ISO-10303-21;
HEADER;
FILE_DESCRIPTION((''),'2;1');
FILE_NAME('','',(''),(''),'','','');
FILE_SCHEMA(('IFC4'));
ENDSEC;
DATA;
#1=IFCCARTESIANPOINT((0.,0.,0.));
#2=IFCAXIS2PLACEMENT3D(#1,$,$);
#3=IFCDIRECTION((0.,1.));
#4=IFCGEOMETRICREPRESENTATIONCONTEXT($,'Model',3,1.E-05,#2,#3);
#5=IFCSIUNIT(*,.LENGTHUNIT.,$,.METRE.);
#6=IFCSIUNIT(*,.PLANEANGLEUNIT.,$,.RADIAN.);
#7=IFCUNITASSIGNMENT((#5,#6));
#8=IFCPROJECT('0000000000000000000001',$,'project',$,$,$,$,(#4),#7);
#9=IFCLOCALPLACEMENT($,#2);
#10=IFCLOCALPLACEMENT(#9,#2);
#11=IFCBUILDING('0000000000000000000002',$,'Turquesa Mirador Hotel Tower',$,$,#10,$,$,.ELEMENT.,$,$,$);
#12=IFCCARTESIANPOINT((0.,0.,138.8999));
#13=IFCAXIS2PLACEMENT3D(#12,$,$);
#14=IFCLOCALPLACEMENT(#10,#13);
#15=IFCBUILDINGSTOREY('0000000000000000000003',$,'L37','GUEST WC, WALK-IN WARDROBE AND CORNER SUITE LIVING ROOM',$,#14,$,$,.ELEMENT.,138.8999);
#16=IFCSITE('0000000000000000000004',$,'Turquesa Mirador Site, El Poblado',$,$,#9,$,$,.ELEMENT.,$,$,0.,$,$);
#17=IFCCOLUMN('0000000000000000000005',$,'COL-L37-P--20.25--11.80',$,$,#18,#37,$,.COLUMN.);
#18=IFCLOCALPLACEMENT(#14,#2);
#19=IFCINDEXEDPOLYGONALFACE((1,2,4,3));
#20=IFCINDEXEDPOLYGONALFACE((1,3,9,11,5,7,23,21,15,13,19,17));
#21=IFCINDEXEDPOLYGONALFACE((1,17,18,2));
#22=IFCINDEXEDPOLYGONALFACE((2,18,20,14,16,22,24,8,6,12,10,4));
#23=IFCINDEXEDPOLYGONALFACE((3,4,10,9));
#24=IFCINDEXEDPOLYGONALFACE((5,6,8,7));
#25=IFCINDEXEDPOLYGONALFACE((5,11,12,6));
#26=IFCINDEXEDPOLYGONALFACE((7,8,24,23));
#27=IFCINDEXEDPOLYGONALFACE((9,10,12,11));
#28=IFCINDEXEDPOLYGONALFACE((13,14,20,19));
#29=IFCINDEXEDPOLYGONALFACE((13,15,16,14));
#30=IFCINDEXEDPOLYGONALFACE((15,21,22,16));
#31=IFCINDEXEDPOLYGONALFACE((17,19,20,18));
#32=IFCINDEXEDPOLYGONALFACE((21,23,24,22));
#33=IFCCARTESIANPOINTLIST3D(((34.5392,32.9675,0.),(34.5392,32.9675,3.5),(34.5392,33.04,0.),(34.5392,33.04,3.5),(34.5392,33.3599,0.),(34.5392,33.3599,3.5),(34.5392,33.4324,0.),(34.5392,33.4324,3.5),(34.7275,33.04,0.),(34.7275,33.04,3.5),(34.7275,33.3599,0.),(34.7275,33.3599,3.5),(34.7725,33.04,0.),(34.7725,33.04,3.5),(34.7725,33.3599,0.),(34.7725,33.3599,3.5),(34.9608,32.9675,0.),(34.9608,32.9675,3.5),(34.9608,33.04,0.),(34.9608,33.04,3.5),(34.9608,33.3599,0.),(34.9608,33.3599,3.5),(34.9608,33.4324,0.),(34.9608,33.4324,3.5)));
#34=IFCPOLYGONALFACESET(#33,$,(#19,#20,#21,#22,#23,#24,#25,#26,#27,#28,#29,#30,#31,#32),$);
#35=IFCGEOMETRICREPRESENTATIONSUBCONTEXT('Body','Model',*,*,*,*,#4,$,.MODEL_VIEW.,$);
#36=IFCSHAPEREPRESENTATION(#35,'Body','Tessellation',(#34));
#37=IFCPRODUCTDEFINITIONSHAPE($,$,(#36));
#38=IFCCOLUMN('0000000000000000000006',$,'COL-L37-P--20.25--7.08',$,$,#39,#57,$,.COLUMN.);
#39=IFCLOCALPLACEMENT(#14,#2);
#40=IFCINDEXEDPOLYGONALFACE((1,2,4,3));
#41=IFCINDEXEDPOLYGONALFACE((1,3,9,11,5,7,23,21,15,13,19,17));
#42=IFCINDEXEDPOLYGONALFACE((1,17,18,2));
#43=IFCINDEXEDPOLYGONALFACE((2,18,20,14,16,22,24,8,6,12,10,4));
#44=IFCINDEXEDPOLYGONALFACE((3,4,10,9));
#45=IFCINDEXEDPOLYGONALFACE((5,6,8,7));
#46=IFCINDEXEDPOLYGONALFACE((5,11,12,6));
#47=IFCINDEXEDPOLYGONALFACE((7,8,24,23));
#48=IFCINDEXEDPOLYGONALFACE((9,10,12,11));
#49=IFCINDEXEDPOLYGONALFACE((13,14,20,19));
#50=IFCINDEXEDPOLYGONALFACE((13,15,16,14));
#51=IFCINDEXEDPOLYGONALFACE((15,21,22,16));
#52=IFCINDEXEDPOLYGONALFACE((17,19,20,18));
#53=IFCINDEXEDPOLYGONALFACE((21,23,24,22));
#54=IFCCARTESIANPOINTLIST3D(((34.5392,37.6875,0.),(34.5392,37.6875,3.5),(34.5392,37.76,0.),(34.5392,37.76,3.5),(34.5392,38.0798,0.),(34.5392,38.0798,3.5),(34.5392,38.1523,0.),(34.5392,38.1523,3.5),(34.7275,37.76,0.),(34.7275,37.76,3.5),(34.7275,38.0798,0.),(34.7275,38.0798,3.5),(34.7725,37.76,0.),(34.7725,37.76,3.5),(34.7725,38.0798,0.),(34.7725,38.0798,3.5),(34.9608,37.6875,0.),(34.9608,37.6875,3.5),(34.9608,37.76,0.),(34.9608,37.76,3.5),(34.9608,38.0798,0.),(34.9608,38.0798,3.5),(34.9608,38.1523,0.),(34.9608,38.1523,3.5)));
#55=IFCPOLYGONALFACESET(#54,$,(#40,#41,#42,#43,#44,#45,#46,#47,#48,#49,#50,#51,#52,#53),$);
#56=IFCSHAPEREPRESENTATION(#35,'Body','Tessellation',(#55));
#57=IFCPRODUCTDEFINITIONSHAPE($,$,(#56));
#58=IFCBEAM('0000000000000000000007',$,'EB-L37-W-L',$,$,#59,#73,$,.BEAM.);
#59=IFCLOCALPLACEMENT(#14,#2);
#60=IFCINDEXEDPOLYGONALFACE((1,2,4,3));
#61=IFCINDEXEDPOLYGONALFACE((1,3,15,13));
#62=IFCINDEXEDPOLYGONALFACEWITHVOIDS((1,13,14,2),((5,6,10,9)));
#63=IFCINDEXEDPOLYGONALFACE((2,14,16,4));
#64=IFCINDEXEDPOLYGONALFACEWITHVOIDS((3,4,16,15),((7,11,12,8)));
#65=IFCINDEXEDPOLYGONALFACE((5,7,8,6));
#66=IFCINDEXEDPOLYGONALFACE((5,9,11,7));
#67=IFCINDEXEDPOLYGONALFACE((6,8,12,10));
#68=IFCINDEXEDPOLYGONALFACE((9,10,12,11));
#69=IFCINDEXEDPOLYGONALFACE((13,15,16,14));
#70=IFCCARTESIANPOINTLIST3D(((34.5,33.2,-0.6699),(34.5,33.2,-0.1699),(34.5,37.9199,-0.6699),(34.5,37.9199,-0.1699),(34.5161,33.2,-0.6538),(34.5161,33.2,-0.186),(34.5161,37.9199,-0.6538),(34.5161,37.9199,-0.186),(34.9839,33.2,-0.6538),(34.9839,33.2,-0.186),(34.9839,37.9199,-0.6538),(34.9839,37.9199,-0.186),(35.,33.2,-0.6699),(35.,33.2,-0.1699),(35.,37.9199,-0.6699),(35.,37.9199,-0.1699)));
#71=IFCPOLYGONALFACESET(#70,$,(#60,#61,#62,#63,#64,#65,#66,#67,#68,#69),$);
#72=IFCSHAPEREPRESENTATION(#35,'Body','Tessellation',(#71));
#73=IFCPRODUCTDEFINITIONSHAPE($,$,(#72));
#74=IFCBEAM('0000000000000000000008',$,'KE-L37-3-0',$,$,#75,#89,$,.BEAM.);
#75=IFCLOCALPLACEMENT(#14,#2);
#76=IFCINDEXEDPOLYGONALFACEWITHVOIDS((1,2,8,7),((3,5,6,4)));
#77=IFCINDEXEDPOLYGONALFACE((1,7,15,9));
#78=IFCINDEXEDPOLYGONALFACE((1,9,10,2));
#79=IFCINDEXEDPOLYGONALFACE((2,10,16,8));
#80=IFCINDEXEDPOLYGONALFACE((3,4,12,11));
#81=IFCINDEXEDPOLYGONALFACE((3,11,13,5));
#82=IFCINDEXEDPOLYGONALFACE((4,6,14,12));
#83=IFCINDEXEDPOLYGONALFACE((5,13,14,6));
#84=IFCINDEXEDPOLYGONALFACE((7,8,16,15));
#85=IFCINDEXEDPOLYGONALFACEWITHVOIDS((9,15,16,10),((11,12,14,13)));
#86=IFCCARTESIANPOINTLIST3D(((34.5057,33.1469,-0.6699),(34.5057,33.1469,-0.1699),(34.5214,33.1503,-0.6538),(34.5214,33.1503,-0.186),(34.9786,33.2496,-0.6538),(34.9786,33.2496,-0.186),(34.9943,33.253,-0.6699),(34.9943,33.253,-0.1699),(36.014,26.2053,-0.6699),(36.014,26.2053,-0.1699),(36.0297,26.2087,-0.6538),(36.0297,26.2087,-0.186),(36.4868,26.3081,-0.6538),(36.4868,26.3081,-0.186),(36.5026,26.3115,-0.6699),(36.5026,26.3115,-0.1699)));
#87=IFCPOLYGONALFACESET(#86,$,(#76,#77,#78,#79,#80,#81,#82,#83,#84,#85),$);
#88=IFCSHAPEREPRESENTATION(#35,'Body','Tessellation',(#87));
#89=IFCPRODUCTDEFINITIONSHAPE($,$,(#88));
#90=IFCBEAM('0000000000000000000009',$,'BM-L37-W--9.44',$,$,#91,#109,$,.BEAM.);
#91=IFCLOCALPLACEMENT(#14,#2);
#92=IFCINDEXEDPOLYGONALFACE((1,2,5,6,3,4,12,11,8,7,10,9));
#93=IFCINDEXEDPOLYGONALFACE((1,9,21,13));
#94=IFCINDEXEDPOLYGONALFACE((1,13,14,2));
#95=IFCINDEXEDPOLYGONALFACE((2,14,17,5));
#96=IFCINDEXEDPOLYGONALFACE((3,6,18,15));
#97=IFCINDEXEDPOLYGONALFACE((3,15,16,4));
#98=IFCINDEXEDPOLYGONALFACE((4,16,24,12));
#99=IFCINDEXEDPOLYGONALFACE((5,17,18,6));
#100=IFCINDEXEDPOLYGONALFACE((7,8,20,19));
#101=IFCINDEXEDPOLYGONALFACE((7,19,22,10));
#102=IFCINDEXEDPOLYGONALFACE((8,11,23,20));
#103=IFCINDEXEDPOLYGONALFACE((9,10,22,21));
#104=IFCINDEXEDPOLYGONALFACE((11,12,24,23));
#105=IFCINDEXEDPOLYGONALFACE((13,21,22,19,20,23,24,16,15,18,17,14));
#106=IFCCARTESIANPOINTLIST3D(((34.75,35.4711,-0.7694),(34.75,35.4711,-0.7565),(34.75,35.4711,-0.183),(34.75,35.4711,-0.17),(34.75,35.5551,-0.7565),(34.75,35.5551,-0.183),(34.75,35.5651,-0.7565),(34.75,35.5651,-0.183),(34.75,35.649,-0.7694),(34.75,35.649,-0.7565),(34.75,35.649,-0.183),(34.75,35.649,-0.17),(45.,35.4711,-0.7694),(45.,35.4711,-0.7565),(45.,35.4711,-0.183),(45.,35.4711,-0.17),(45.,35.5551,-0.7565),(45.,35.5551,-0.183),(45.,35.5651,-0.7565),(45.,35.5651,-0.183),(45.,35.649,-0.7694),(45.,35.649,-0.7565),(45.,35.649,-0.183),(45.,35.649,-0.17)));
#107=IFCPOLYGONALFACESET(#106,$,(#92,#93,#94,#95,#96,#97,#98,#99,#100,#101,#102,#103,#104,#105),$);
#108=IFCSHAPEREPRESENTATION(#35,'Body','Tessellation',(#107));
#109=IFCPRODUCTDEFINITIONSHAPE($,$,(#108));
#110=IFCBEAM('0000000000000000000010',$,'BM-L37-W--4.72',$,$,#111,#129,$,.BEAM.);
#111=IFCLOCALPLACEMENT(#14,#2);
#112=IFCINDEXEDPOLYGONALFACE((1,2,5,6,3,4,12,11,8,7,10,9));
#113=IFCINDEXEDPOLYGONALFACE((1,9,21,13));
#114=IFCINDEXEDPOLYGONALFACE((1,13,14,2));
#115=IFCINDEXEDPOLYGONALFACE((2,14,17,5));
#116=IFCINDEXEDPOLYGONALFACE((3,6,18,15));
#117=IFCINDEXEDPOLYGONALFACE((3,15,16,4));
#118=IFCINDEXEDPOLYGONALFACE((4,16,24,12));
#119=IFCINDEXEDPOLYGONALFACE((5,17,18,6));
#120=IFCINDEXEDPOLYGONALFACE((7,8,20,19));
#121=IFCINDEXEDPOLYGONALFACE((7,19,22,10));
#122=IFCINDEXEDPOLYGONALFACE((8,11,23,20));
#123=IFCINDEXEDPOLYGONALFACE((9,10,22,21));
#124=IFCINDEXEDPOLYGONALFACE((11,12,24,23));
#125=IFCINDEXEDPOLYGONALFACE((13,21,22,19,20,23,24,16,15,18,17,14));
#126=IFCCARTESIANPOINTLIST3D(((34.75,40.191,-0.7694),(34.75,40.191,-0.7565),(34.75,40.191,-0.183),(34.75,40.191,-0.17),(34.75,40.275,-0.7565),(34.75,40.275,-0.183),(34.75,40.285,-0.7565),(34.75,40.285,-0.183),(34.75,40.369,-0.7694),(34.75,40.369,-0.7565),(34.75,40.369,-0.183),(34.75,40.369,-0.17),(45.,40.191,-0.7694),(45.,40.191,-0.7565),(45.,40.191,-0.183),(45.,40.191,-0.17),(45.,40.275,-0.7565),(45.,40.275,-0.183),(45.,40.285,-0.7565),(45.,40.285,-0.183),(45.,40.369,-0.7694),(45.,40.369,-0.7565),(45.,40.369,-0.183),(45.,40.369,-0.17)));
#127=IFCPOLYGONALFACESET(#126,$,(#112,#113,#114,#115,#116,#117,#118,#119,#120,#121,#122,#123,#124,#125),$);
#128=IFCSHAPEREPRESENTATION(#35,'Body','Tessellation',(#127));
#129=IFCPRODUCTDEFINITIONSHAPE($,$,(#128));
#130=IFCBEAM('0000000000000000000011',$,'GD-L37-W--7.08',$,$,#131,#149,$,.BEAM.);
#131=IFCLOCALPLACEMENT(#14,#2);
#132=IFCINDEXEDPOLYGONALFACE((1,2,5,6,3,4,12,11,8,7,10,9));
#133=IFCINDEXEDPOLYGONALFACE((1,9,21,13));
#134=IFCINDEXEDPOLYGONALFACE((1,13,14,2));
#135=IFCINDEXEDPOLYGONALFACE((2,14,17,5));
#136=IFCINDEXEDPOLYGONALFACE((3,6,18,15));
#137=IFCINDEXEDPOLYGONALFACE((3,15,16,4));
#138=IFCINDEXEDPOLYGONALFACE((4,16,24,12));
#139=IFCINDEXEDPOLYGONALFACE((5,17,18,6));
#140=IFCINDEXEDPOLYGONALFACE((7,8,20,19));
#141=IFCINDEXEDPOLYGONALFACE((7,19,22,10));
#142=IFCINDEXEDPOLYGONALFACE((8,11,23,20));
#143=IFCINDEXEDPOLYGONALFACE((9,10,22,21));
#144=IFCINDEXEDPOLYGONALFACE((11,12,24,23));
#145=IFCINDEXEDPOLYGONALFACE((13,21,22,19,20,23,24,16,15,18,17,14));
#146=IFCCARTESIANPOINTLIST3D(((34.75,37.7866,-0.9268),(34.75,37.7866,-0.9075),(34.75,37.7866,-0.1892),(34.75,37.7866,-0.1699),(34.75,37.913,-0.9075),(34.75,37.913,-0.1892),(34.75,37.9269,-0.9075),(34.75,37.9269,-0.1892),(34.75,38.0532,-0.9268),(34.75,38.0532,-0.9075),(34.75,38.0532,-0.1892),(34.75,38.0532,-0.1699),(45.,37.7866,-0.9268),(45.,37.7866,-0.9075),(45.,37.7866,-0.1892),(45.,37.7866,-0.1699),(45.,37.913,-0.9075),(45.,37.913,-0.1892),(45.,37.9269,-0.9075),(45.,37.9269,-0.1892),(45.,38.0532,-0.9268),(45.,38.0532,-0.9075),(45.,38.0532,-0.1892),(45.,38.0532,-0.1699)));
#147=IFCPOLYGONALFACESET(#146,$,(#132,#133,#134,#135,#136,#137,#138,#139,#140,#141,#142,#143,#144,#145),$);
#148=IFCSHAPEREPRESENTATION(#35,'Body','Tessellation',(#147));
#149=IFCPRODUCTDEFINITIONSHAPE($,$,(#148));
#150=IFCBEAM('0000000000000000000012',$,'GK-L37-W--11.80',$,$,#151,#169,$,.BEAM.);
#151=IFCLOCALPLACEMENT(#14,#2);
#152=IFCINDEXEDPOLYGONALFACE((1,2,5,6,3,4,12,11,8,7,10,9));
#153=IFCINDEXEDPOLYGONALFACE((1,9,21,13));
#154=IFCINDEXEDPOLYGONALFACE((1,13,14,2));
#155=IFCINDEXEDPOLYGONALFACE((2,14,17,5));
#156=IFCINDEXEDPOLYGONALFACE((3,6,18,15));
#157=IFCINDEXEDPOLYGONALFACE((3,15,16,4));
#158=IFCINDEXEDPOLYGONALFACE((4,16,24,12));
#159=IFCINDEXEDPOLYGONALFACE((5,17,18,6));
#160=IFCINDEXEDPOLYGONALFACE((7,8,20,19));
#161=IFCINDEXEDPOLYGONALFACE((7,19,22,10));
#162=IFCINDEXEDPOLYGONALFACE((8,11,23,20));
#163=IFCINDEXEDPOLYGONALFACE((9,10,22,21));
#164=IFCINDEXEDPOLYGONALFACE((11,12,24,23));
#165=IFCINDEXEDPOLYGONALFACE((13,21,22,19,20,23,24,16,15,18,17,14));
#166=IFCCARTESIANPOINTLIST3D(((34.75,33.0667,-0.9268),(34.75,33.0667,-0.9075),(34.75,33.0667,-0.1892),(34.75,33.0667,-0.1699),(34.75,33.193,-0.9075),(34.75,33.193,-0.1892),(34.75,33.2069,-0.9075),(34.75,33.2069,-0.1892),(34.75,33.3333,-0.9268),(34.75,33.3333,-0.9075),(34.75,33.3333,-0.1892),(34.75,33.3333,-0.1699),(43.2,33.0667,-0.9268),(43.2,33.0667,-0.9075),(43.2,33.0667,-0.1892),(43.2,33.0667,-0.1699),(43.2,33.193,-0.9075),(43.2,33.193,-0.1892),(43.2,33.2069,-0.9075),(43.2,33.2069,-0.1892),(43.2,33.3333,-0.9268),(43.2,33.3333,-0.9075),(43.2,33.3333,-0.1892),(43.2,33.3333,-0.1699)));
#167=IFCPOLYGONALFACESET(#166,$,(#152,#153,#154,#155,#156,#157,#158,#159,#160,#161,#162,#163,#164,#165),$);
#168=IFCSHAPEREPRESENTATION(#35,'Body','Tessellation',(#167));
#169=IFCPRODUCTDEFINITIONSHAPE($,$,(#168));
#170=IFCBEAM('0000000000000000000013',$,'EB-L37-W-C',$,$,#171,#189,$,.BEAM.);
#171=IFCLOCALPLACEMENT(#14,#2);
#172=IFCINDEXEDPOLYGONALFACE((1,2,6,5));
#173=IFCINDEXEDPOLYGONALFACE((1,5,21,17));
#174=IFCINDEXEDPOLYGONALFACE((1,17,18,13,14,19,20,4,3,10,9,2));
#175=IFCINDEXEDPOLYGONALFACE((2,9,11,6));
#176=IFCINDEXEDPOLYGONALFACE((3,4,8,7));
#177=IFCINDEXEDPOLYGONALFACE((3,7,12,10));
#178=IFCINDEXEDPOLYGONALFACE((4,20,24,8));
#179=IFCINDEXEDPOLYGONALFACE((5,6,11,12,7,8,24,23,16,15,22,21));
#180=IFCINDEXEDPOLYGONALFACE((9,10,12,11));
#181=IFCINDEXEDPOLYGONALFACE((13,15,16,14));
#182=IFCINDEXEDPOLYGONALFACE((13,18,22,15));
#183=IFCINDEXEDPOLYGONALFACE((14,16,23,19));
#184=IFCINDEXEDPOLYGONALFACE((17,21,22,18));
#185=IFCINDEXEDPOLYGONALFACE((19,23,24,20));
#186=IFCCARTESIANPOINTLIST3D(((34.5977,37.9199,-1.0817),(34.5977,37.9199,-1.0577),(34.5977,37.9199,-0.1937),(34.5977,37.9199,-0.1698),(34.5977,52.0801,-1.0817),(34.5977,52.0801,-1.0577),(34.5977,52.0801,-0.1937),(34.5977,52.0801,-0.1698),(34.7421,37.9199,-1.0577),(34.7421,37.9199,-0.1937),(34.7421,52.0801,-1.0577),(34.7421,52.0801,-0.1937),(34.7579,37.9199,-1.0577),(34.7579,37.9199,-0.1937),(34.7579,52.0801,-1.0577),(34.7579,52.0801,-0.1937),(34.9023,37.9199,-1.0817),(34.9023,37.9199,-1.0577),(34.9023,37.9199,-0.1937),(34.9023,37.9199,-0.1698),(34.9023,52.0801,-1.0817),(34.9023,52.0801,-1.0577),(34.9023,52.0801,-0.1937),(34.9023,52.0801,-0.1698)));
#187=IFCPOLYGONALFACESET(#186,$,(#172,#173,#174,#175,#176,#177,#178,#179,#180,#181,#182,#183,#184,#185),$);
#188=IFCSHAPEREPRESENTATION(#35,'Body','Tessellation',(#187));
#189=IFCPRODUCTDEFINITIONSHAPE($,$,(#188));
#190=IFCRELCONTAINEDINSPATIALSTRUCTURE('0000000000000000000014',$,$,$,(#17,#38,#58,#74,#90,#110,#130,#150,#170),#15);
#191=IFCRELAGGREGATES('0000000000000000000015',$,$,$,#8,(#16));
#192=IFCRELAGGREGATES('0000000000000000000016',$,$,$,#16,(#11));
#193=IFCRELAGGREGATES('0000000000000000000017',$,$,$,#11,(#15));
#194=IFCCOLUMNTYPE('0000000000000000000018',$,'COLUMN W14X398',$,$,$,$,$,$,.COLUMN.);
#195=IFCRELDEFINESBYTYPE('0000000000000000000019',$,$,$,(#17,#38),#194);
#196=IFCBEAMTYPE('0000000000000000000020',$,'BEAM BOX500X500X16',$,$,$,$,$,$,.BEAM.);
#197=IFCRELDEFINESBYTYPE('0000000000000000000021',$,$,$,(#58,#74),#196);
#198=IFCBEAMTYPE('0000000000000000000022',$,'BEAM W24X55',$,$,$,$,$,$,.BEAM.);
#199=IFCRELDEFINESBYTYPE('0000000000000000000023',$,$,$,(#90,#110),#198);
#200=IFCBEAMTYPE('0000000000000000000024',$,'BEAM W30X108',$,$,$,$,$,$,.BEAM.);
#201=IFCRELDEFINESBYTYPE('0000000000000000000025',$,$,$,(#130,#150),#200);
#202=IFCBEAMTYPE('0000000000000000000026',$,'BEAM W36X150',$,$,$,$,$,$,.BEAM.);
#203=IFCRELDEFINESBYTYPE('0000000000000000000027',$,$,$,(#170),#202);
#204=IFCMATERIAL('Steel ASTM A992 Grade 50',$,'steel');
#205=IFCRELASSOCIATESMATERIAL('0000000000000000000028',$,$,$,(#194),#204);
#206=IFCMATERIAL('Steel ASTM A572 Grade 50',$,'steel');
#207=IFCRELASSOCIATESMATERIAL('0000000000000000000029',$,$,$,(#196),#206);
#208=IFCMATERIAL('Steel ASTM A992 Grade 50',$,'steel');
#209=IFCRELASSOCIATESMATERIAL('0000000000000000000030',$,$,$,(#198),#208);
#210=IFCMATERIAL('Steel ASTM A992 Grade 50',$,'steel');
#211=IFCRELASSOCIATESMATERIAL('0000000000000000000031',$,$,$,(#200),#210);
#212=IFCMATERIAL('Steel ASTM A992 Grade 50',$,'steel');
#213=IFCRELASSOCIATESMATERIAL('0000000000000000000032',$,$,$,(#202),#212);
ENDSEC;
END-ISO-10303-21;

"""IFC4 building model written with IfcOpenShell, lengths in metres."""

from ifc_helpers import new_model, si_unit, direction, frame, origin, origin_2d, place, context, subcontext, project, spatial, hollow_rectangle, i_section, extrude, material, material_profile, profile_set, type_object, element, save


model = new_model("IFC4")

# Units and contexts
model_context = context("Model", 3, precision=1e-05, world=origin(), true_north=direction((0.0, 1.0)))
body_context = subcontext(model_context, "Body", "Model", "MODEL_VIEW")
ifc_project = project(units=[si_unit("LENGTHUNIT", "METRE"), si_unit("PLANEANGLEUNIT", "RADIAN")], contexts=[model_context])

# Site, building, storey
site_placement = place(None, origin())
site = spatial("IfcSite", under=ifc_project, at=site_placement, Name="Turquesa Mirador Site, El Poblado", CompositionType="ELEMENT", RefElevation=0.0)
building_placement = place(site_placement, origin())
building = spatial("IfcBuilding", under=site, at=building_placement, Name="Turquesa Mirador Hotel Tower", CompositionType="ELEMENT")
storey_placement = place(building_placement, frame((0.0, 0.0, 138.8999)))
storey = spatial("IfcBuildingStorey", under=building, at=storey_placement, Name="L37", Description="GUEST WC, WALK-IN WARDROBE AND CORNER SUITE LIVING ROOM", CompositionType="ELEMENT", Elevation=138.8999)

# Columns
ifc_material_1 = material(Name="Steel ASTM A992 Grade 50", Category="steel")
ifc_material_profile_1 = material_profile(ifc_material_1, i_section(OverallWidth=0.4216, OverallDepth=0.4648, WebThickness=0.0449, FlangeThickness=0.0725, at=origin_2d()), Name="W14X398")
ifc_profile_set_1 = profile_set([ifc_material_profile_1], Name="Steel ASTM A992 Grade 50")
column_type = type_object("IfcColumnType", Name="COLUMN W14X398", PredefinedType="COLUMN", material=ifc_profile_set_1)
for number, where, z_axis, x_axis, name in (
    (1, (34.75, 33.2, 0.0), (0.0, 0.0, 1.0), (1.0, 0.0, 0.0), "COL-L37-P--20.25--11.80"),
    (2, (34.75, 37.9199, 0.0), (0.0, 0.0, 1.0), (1.0, 0.0, 0.0), "COL-L37-P--20.25--7.08"),
):
    element("IfcColumn", number, at=place(storey_placement, frame(where, z_axis=z_axis, x_axis=x_axis)), inside=storey, type_object=column_type, Name=name, PredefinedType="COLUMN", context=body_context, shape_type="SweptSolid", body=[
        extrude(i_section(OverallWidth=0.4216, OverallDepth=0.4648, WebThickness=0.0449, FlangeThickness=0.0725, at=origin_2d()), origin(), (0.0, 0.0, 1.0), 3.5),
    ])

# Beams
ifc_material_2 = material(Name="Steel ASTM A572 Grade 50", Category="steel")
ifc_material_profile_2 = material_profile(ifc_material_2, hollow_rectangle(XDim=0.5, YDim=0.5, WallThickness=0.0161, at=origin_2d()), Name="BOX500X500X16")
ifc_profile_set_2 = profile_set([ifc_material_profile_2], Name="Steel ASTM A572 Grade 50")
beam_type_1 = type_object("IfcBeamType", Name="BEAM BOX500X500X16", PredefinedType="BEAM", material=ifc_profile_set_2)
beam_1_placement = place(storey_placement, frame((34.75, 33.2, -0.4199), z_axis=(0.0, 1.0, 0.0), x_axis=(-1.0, 0.0, 0.0)))
element("IfcBeam", 3, at=beam_1_placement, inside=storey, type_object=beam_type_1, Name="EB-L37-W-L", PredefinedType="BEAM", context=body_context, shape_type="SweptSolid", body=[
    extrude(hollow_rectangle(XDim=0.5, YDim=0.5, WallThickness=0.0161, at=origin_2d()), origin(), (0.0, 0.0, 1.0), 4.72),
])
beam_2_placement = place(storey_placement, frame((34.75, 33.2, -0.4199), z_axis=(0.212328, -0.977198, 0.0), x_axis=(0.977198, 0.212328, 0.0)))
element("IfcBeam", 4, at=beam_2_placement, inside=storey, type_object=beam_type_1, Name="KE-L37-3-0", PredefinedType="BEAM", context=body_context, shape_type="SweptSolid", body=[
    extrude(hollow_rectangle(XDim=0.5, YDim=0.5, WallThickness=0.0161, at=origin_2d()), origin(), (0.0, 0.0, 1.0), 7.1035),
])
ifc_material_3 = material(Name="Steel ASTM A992 Grade 50", Category="steel")
ifc_material_profile_3 = material_profile(ifc_material_3, i_section(OverallWidth=0.178, OverallDepth=0.5994, WebThickness=0.01, FlangeThickness=0.0129, at=origin_2d()), Name="W24X55")
ifc_profile_set_3 = profile_set([ifc_material_profile_3], Name="Steel ASTM A992 Grade 50")
beam_type_2 = type_object("IfcBeamType", Name="BEAM W24X55", PredefinedType="BEAM", material=ifc_profile_set_3)
for number, where, z_axis, x_axis, name in (
    (5, (34.75, 35.5601, -0.4697), (1.0, 0.0, 0.0), (0.0, 1.0, 0.0), "BM-L37-W--9.44"),
    (6, (34.75, 40.28, -0.4697), (1.0, 0.0, 0.0), (0.0, 1.0, 0.0), "BM-L37-W--4.72"),
):
    element("IfcBeam", number, at=place(storey_placement, frame(where, z_axis=z_axis, x_axis=x_axis)), inside=storey, type_object=beam_type_2, Name=name, PredefinedType="BEAM", context=body_context, shape_type="SweptSolid", body=[
        extrude(i_section(OverallWidth=0.178, OverallDepth=0.5994, WebThickness=0.01, FlangeThickness=0.0129, at=origin_2d()), origin(), (0.0, 0.0, 1.0), 10.25),
    ])
ifc_material_4 = material(Name="Steel ASTM A992 Grade 50", Category="steel")
ifc_material_profile_4 = material_profile(ifc_material_4, i_section(OverallWidth=0.2666, OverallDepth=0.7568, WebThickness=0.0139, FlangeThickness=0.0193, at=origin_2d()), Name="W30X108")
ifc_profile_set_4 = profile_set([ifc_material_profile_4], Name="Steel ASTM A992 Grade 50")
beam_type_3 = type_object("IfcBeamType", Name="BEAM W30X108", PredefinedType="BEAM", material=ifc_profile_set_4)
beam_3_placement = place(storey_placement, frame((34.75, 37.9199, -0.5483), z_axis=(1.0, 0.0, 0.0), x_axis=(0.0, 1.0, 0.0)))
element("IfcBeam", 7, at=beam_3_placement, inside=storey, type_object=beam_type_3, Name="GD-L37-W--7.08", PredefinedType="BEAM", context=body_context, shape_type="SweptSolid", body=[
    extrude(i_section(OverallWidth=0.2666, OverallDepth=0.7568, WebThickness=0.0139, FlangeThickness=0.0193, at=origin_2d()), origin(), (0.0, 0.0, 1.0), 10.25),
])
beam_4_placement = place(storey_placement, frame((34.75, 33.2, -0.5483), z_axis=(1.0, 0.0, 0.0), x_axis=(0.0, 1.0, 0.0)))
element("IfcBeam", 8, at=beam_4_placement, inside=storey, type_object=beam_type_3, Name="GK-L37-W--11.80", PredefinedType="BEAM", context=body_context, shape_type="SweptSolid", body=[
    extrude(i_section(OverallWidth=0.2666, OverallDepth=0.7568, WebThickness=0.0139, FlangeThickness=0.0193, at=origin_2d()), origin(), (0.0, 0.0, 1.0), 8.45),
])
ifc_material_5 = material(Name="Steel ASTM A992 Grade 50", Category="steel")
ifc_material_profile_5 = material_profile(ifc_material_5, i_section(OverallWidth=0.3047, OverallDepth=0.9119, WebThickness=0.0159, FlangeThickness=0.0239, at=origin_2d()), Name="W36X150")
ifc_profile_set_5 = profile_set([ifc_material_profile_5], Name="Steel ASTM A992 Grade 50")
beam_type_4 = type_object("IfcBeamType", Name="BEAM W36X150", PredefinedType="BEAM", material=ifc_profile_set_5)
beam_5_placement = place(storey_placement, frame((34.75, 37.9199, -0.6257), z_axis=(0.0, 1.0, 0.0), x_axis=(-1.0, 0.0, 0.0)))
element("IfcBeam", 9, at=beam_5_placement, inside=storey, type_object=beam_type_4, Name="EB-L37-W-C", PredefinedType="BEAM", context=body_context, shape_type="SweptSolid", body=[
    extrude(i_section(OverallWidth=0.3047, OverallDepth=0.9119, WebThickness=0.0159, FlangeThickness=0.0239, at=origin_2d()), origin(), (0.0, 0.0, 1.0), 14.1602),
])

save(model, "model.ifc")
